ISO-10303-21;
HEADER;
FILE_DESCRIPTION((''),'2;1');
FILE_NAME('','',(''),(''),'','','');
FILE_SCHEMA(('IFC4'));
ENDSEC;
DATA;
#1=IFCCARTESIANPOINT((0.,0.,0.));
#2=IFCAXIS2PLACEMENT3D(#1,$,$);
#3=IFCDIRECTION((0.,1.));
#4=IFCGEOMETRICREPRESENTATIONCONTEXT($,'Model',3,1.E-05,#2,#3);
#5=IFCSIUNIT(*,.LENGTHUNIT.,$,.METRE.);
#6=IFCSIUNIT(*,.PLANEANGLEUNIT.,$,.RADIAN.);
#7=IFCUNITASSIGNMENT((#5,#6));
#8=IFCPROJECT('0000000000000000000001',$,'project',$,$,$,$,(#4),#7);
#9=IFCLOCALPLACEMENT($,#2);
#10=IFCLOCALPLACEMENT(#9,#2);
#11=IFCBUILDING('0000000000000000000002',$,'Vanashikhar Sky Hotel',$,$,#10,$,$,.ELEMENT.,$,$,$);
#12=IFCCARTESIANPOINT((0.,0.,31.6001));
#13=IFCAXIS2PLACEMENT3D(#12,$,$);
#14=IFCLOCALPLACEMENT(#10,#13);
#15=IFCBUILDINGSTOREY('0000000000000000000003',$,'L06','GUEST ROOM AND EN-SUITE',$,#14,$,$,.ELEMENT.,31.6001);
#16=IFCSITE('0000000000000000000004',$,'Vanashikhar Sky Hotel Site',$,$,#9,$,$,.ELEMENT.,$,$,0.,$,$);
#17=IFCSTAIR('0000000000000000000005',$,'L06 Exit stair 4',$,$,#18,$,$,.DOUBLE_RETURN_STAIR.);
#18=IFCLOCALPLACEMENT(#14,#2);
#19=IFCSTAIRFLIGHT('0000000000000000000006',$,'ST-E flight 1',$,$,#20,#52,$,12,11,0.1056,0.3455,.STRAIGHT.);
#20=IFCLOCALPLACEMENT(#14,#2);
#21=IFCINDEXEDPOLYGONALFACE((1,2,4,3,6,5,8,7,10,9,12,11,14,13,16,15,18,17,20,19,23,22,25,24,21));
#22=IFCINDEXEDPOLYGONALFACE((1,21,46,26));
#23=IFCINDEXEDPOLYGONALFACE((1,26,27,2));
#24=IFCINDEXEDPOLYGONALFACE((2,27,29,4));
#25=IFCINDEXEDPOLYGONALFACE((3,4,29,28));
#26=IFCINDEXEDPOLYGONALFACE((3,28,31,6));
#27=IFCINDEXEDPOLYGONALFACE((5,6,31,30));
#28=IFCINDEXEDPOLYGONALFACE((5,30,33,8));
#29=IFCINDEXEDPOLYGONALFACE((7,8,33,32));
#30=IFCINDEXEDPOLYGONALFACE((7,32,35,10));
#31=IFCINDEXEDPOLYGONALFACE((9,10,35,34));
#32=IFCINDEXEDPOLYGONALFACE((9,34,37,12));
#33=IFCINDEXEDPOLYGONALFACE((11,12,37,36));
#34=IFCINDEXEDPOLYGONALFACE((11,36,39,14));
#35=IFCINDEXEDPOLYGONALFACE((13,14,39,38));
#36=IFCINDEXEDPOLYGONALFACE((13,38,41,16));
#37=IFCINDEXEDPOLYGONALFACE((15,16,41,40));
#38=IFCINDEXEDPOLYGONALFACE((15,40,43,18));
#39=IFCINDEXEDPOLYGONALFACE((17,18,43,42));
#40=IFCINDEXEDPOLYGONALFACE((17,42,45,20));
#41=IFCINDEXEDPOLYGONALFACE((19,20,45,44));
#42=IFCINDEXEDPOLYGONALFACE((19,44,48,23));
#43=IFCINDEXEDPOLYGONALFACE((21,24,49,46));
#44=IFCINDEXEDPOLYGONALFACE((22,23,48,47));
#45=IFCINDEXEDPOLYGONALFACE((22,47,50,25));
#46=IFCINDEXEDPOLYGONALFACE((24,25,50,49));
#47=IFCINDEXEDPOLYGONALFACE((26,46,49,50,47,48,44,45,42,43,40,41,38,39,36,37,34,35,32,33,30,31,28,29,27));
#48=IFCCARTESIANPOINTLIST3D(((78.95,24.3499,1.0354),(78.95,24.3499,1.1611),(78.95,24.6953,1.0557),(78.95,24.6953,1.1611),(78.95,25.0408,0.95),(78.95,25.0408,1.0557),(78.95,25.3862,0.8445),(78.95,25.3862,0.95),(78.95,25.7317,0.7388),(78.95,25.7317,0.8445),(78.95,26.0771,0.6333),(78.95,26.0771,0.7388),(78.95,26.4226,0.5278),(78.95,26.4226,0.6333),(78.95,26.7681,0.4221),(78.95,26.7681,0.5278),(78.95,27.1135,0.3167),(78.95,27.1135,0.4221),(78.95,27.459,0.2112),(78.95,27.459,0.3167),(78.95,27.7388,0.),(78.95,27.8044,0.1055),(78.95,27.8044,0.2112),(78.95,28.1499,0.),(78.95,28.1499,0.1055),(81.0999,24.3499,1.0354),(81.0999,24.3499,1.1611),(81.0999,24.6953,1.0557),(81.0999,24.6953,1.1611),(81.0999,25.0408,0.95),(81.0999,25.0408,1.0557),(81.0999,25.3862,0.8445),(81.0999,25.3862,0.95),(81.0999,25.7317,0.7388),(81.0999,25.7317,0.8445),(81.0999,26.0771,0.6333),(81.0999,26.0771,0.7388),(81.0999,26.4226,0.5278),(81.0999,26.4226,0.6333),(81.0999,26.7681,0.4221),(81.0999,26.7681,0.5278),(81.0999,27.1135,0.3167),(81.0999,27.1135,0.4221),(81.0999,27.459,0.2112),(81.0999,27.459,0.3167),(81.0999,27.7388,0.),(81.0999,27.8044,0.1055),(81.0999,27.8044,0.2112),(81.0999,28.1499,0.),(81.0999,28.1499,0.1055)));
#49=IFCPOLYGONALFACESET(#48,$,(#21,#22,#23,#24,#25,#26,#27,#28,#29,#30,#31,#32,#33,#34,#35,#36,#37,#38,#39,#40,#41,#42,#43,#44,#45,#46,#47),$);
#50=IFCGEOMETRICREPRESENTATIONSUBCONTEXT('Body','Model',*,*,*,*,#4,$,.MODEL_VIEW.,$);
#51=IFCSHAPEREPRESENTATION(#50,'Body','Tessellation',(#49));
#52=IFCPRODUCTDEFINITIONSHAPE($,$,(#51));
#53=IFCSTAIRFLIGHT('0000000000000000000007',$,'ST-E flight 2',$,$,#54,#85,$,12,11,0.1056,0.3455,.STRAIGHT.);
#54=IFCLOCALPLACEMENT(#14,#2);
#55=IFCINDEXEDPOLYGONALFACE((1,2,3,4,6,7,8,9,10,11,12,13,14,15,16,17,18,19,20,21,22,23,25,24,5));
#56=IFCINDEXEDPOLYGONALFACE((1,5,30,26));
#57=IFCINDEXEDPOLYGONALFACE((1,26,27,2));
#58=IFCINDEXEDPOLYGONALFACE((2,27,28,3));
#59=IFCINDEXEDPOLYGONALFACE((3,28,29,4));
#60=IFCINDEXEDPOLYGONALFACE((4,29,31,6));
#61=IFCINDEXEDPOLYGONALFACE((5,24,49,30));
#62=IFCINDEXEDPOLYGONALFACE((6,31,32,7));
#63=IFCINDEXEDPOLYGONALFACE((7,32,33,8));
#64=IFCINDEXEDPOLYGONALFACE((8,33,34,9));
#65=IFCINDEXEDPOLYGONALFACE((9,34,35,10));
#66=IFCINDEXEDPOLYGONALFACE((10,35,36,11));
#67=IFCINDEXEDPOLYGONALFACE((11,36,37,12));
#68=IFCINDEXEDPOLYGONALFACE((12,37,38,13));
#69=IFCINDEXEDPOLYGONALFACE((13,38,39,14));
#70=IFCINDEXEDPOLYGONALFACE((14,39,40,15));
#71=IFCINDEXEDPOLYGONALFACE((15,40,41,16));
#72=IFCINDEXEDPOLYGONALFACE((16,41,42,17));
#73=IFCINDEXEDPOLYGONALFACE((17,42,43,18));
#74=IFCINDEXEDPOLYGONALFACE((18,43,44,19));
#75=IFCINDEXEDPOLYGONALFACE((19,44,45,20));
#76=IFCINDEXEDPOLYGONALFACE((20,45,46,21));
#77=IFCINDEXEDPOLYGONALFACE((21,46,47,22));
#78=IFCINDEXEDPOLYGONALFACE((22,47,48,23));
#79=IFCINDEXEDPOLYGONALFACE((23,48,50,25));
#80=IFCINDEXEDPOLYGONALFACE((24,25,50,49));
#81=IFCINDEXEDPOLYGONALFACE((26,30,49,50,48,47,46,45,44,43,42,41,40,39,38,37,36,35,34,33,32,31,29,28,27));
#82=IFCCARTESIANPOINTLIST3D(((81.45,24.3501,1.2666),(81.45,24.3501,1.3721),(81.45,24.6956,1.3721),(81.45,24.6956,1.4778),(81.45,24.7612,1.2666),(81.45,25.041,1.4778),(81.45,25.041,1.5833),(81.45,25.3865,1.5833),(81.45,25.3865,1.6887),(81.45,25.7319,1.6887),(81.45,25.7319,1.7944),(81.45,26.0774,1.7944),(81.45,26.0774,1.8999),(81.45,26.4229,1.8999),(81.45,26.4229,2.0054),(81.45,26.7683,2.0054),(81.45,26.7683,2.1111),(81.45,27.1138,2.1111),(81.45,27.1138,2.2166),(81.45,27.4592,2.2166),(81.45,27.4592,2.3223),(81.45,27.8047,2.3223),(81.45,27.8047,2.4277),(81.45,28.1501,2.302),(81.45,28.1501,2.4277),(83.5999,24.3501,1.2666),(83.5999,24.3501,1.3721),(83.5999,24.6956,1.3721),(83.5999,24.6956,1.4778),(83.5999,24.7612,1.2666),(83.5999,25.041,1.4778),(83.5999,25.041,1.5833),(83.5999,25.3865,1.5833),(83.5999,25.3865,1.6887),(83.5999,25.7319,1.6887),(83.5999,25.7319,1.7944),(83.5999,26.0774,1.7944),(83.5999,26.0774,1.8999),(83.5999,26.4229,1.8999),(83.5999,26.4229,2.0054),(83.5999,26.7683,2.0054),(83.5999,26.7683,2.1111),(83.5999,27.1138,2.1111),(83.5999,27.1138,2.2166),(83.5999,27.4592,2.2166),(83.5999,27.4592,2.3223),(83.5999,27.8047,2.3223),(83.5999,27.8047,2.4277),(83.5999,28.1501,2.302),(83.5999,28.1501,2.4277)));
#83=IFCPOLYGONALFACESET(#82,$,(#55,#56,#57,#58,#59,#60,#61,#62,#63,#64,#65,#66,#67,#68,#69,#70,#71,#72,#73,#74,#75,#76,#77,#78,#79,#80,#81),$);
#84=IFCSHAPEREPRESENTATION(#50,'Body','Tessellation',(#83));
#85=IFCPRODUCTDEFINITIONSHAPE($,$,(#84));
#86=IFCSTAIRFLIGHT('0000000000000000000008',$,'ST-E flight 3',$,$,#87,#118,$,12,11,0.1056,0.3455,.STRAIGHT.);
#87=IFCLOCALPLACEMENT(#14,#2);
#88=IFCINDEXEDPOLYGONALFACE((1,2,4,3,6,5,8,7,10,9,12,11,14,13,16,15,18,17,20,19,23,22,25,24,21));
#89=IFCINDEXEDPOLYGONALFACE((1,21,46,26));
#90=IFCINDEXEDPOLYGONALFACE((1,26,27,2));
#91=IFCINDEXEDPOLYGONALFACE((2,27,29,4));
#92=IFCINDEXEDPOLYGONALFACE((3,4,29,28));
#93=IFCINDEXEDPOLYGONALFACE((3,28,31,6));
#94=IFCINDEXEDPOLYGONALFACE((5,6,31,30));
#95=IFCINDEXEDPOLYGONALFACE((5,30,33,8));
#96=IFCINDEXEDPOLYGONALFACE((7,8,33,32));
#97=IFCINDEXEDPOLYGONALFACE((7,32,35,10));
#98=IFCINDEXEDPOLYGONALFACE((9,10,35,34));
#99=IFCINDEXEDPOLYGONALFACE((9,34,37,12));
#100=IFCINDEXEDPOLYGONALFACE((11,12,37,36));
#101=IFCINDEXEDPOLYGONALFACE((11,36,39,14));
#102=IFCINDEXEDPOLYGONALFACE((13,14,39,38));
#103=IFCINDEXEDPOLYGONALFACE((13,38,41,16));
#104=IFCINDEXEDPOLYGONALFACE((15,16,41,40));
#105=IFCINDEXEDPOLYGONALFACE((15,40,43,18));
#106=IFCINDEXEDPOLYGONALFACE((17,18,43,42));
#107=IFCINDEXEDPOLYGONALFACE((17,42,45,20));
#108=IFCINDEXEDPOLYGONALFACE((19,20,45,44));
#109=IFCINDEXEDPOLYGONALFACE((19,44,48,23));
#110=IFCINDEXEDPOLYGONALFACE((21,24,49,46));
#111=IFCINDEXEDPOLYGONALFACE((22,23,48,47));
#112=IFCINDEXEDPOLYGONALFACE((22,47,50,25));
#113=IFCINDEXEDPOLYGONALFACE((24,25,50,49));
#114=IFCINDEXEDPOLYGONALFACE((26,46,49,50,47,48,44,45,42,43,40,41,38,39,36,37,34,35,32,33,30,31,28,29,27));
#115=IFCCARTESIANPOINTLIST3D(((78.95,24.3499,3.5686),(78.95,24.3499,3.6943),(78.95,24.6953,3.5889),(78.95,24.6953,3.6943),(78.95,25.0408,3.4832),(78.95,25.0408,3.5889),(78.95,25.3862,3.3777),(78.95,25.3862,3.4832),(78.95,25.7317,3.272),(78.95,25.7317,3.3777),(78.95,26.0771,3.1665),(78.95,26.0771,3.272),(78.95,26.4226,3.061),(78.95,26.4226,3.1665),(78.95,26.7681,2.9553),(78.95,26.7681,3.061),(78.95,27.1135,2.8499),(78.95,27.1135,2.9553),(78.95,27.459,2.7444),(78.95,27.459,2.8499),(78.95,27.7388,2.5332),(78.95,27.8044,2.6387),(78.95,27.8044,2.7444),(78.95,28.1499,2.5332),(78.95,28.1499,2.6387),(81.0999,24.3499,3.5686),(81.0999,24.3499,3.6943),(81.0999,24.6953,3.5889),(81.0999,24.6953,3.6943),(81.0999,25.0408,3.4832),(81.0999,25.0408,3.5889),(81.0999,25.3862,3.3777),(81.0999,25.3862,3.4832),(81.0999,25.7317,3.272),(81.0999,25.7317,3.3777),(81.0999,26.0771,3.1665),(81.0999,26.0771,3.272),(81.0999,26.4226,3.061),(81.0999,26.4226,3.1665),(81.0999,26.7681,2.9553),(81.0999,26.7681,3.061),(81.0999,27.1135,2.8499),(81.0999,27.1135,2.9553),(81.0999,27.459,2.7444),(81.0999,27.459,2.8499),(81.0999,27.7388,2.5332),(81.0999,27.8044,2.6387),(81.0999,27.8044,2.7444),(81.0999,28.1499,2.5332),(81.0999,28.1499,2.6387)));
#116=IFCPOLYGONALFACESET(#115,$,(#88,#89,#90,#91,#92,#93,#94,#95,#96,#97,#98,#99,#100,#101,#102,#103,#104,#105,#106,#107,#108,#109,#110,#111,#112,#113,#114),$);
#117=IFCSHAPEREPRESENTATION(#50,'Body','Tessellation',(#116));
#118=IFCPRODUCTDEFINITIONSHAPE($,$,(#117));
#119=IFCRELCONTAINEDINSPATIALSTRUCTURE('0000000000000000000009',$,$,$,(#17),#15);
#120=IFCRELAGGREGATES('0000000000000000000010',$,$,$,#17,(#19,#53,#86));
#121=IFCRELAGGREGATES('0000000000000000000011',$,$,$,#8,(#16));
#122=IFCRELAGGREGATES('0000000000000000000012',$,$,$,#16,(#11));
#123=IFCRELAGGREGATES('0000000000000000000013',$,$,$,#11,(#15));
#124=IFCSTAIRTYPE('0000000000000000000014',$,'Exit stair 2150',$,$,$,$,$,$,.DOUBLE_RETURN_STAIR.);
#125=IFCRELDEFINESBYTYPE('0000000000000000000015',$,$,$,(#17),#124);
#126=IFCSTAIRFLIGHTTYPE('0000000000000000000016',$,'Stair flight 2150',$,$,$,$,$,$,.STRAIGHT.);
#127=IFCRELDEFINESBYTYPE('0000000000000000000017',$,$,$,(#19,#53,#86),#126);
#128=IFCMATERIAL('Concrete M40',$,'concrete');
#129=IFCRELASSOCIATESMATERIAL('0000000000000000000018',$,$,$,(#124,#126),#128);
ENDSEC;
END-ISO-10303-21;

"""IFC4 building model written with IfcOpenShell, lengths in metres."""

from ifc_helpers import new_model, si_unit, direction, frame, origin, place, context, subcontext, project, spatial, polyline, outline, extrude, source, transform, mapped, material, type_object, element, aggregate, save


model = new_model("IFC4")

# Units and contexts
model_context = context("Model", 3, precision=1e-05, world=origin(), true_north=direction((0.0, 1.0)))
body_context = subcontext(model_context, "Body", "Model", "MODEL_VIEW")
ifc_project = project(units=[si_unit("LENGTHUNIT", "METRE"), si_unit("PLANEANGLEUNIT", "RADIAN")], contexts=[model_context])

# Site, building, storey
site_placement = place(None, origin())
site = spatial("IfcSite", under=ifc_project, at=site_placement, Name="Vanashikhar Sky Hotel Site", CompositionType="ELEMENT", RefElevation=0.0)
building_placement = place(site_placement, origin())
building = spatial("IfcBuilding", under=site, at=building_placement, Name="Vanashikhar Sky Hotel", CompositionType="ELEMENT")
storey_placement = place(building_placement, frame((0.0, 0.0, 31.6001)))
storey = spatial("IfcBuildingStorey", under=building, at=storey_placement, Name="L06", Description="GUEST ROOM AND EN-SUITE", CompositionType="ELEMENT", Elevation=31.6001)

# Stair, stair flights
ifc_material_1 = material(Name="Concrete M40", Category="concrete")
stair_type = type_object("IfcStairType", Name="Exit stair 2150", PredefinedType="DOUBLE_RETURN_STAIR", material=ifc_material_1)
stair_placement = place(storey_placement, origin())
stair = element("IfcStair", 1, at=stair_placement, inside=storey, type_object=stair_type, Name="L06 Exit stair 4", PredefinedType="DOUBLE_RETURN_STAIR")
stair_flight_type = type_object("IfcStairFlightType", Name="Stair flight 2150", PredefinedType="STRAIGHT", material=ifc_material_1)
shared_shape_1 = source(origin(), body_context, "Body", "SweptSolid", [
    extrude(outline(polyline([(0.0, 0.0), (0.0, 0.1055), (0.3455, 0.1055), (0.3455, 0.2112), (0.6909, 0.2112), (0.6909, 0.3167), (1.0364, 0.3167), (1.0364, 0.4221), (1.3818, 0.4221), (1.3818, 0.5278), (1.7273, 0.5278), (1.7273, 0.6333), (2.0728, 0.6333), (2.0728, 0.7388), (2.4182, 0.7388), (2.4182, 0.8445), (2.7637, 0.8445), (2.7637, 0.95), (3.1091, 0.95), (3.1091, 1.0557), (3.4546, 1.0557), (3.4546, 1.1611), (3.8, 1.1611), (3.8, 1.2666), (3.8, 1.0354), (0.4111, 0.0), (0.0, 0.0)])), frame((0.0, 1.075, 0.0), z_axis=(0.0, -1.0, 0.0), x_axis=(1.0, 0.0, 0.0)), (0.0, 0.0, 1.0), 2.1499),
])
stair_flight_1_placement = place(storey_placement, frame((80.0249, 28.1499, 0.0), z_axis=(0.0, 0.0, 1.0), x_axis=(0.0, -1.0, 0.0)))
stair_flight_1 = element("IfcStairFlight", 2, at=stair_flight_1_placement, type_object=stair_flight_type, Name="ST-E flight 1", NumberOfRisers=12, NumberOfTreads=11, PredefinedType="STRAIGHT", RiserHeight=0.1056, TreadLength=0.3455, context=body_context, shape_type="MappedRepresentation", body=[
    mapped(shared_shape_1, transform((0.0, 0.0, 0.0), scale=1.0)),
])
stair_flight_2_placement = place(storey_placement, frame((82.5249, 24.3501, 1.2666), z_axis=(0.0, 0.0, 1.0), x_axis=(0.0, 1.0, 0.0)))
stair_flight_2 = element("IfcStairFlight", 3, at=stair_flight_2_placement, type_object=stair_flight_type, Name="ST-E flight 2", NumberOfRisers=12, NumberOfTreads=11, PredefinedType="STRAIGHT", RiserHeight=0.1056, TreadLength=0.3455, context=body_context, shape_type="MappedRepresentation", body=[
    mapped(shared_shape_1, transform((0.0, 0.0, 0.0), scale=1.0)),
])
stair_flight_3_placement = place(storey_placement, frame((80.0249, 28.1499, 2.5332), z_axis=(0.0, 0.0, 1.0), x_axis=(0.0, -1.0, 0.0)))
stair_flight_3 = element("IfcStairFlight", 4, at=stair_flight_3_placement, type_object=stair_flight_type, Name="ST-E flight 3", NumberOfRisers=12, NumberOfTreads=11, PredefinedType="STRAIGHT", RiserHeight=0.1056, TreadLength=0.3455, context=body_context, shape_type="MappedRepresentation", body=[
    mapped(shared_shape_1, transform((0.0, 0.0, 0.0), scale=1.0)),
])
aggregate(stair, [stair_flight_1, stair_flight_2, stair_flight_3])

save(model, "model.ifc")
